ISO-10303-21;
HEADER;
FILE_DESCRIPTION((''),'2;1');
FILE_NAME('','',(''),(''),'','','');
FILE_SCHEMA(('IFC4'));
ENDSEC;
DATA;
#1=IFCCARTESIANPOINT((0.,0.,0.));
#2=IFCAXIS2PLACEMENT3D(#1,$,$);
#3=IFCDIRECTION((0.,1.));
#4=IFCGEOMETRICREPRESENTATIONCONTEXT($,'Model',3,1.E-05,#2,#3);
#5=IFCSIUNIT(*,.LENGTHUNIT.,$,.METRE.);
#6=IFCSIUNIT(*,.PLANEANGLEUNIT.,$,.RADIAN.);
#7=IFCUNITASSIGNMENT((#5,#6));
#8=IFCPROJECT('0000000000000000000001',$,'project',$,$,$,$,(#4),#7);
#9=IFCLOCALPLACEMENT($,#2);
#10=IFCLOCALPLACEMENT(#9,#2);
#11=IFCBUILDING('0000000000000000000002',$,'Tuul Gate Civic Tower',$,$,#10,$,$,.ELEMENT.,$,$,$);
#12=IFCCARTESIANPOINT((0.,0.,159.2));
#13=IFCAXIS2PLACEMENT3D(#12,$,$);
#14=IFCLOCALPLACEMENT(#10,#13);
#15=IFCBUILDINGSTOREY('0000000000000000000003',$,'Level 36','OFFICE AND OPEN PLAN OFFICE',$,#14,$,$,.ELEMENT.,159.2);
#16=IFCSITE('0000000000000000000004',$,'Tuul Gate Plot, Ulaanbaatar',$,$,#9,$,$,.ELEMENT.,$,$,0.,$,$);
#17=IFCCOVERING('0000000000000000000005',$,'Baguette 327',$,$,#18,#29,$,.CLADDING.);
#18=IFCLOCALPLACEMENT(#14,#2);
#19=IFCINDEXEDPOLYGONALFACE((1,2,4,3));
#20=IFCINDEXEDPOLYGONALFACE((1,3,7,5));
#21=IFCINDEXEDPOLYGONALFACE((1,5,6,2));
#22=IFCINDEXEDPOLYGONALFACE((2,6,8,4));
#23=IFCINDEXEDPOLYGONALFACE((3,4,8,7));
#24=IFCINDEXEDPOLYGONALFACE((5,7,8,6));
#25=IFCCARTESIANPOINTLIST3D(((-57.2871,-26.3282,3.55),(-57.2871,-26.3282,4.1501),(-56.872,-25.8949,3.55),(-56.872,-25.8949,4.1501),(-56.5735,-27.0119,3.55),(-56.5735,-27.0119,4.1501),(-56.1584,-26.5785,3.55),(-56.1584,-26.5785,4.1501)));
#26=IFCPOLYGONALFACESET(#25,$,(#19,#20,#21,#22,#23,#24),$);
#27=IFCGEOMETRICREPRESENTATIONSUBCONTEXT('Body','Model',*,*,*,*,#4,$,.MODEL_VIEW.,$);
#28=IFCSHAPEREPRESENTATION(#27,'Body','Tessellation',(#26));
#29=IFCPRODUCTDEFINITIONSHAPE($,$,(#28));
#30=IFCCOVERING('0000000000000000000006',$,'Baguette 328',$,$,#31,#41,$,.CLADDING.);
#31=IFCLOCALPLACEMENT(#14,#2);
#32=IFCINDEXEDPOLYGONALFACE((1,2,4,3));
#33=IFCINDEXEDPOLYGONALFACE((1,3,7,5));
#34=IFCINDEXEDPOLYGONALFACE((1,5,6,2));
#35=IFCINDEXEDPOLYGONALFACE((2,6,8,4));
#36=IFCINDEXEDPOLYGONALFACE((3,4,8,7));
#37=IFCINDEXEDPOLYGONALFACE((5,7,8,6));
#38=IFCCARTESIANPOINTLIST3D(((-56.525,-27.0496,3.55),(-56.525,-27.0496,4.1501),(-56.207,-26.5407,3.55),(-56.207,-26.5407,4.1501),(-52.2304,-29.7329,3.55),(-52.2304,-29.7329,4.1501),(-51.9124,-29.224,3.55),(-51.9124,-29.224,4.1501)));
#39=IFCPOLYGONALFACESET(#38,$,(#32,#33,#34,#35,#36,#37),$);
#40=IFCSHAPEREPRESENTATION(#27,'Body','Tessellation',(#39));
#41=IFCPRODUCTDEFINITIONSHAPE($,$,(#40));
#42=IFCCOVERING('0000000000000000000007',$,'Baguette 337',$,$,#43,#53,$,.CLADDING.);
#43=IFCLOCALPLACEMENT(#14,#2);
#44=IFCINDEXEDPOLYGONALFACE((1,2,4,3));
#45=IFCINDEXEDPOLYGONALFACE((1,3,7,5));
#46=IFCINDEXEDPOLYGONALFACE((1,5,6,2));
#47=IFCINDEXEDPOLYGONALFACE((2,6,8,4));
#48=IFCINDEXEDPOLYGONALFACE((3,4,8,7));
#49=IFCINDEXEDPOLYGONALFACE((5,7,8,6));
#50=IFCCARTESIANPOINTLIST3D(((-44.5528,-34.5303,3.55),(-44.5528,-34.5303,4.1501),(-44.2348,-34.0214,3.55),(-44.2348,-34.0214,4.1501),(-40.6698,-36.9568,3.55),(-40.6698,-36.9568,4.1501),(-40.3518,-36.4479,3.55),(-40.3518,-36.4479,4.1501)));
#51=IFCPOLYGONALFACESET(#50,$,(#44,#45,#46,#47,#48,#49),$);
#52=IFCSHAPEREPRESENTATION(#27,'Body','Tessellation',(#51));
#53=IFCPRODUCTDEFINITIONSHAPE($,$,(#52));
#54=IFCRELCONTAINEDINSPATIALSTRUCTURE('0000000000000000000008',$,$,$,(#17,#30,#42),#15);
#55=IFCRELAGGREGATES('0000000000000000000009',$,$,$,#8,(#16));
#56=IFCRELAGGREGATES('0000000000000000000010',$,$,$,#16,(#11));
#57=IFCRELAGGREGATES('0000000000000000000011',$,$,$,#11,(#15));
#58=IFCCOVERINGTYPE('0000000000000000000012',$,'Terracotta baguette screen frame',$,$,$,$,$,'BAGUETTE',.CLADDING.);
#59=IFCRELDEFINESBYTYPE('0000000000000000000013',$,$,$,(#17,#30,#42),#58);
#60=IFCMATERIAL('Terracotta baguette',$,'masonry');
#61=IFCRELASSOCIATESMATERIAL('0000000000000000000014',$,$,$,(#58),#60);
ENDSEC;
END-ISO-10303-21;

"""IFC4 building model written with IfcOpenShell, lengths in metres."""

from ifc_helpers import new_model, si_unit, direction, frame, origin, origin_2d, place, context, subcontext, project, spatial, rectangle, extrude, material, material_profile, profile_set, type_object, element, save


model = new_model("IFC4")

# Units and contexts
model_context = context("Model", 3, precision=1e-05, world=origin(), true_north=direction((0.0, 1.0)))
body_context = subcontext(model_context, "Body", "Model", "MODEL_VIEW")
ifc_project = project(units=[si_unit("LENGTHUNIT", "METRE"), si_unit("PLANEANGLEUNIT", "RADIAN")], contexts=[model_context])

# Site, building, storey
site_placement = place(None, origin())
site = spatial("IfcSite", under=ifc_project, at=site_placement, Name="Tuul Gate Plot, Ulaanbaatar", CompositionType="ELEMENT", RefElevation=0.0)
building_placement = place(site_placement, origin())
building = spatial("IfcBuilding", under=site, at=building_placement, Name="Tuul Gate Civic Tower", CompositionType="ELEMENT")
storey_placement = place(building_placement, frame((0.0, 0.0, 159.2)))
storey = spatial("IfcBuildingStorey", under=building, at=storey_placement, Name="Level 36", Description="OFFICE AND OPEN PLAN OFFICE", CompositionType="ELEMENT", Elevation=159.2)

# Coverings
ifc_material_1 = material(Name="Terracotta baguette", Category="masonry")
ifc_material_profile_1 = material_profile(ifc_material_1, rectangle(XDim=0.6001, YDim=0.6001, at=origin_2d()), Name="Terracotta baguette screen frame")
ifc_profile_set_1 = profile_set([ifc_material_profile_1], Name="Terracotta baguette")
covering_type = type_object("IfcCoveringType", Name="Terracotta baguette screen frame", ElementType="BAGUETTE", PredefinedType="CLADDING", material=ifc_profile_set_1)
covering_1_placement = place(storey_placement, frame((-57.0796, -26.1116, 3.8501), z_axis=(0.722137, -0.69175, 0.0), x_axis=(0.69175, 0.722137, 0.0)))
element("IfcCovering", 1, at=covering_1_placement, inside=storey, type_object=covering_type, Name="Baguette 327", PredefinedType="CLADDING", context=body_context, shape_type="SweptSolid", body=[
    extrude(rectangle(XDim=0.6001, YDim=0.6001, at=origin_2d()), origin(), (0.0, 0.0, 1.0), 0.9883),
])
covering_2_placement = place(storey_placement, frame((-56.366, -26.7952, 3.8501), z_axis=(0.848071, -0.529882, 0.0), x_axis=(0.529882, 0.848071, 0.0)))
element("IfcCovering", 2, at=covering_2_placement, inside=storey, type_object=covering_type, Name="Baguette 328", PredefinedType="CLADDING", context=body_context, shape_type="SweptSolid", body=[
    extrude(rectangle(XDim=0.6001, YDim=0.6001, at=origin_2d()), origin(), (0.0, 0.0, 1.0), 5.064),
])
covering_3_placement = place(storey_placement, frame((-44.3938, -34.2759, 3.8501), z_axis=(0.848037, -0.529937, 0.0), x_axis=(0.529937, 0.848037, 0.0)))
element("IfcCovering", 3, at=covering_3_placement, inside=storey, type_object=covering_type, Name="Baguette 337", PredefinedType="CLADDING", context=body_context, shape_type="SweptSolid", body=[
    extrude(rectangle(XDim=0.6001, YDim=0.6001, at=origin_2d()), origin(), (0.0, 0.0, 1.0), 4.5789),
])

save(model, "model.ifc")
